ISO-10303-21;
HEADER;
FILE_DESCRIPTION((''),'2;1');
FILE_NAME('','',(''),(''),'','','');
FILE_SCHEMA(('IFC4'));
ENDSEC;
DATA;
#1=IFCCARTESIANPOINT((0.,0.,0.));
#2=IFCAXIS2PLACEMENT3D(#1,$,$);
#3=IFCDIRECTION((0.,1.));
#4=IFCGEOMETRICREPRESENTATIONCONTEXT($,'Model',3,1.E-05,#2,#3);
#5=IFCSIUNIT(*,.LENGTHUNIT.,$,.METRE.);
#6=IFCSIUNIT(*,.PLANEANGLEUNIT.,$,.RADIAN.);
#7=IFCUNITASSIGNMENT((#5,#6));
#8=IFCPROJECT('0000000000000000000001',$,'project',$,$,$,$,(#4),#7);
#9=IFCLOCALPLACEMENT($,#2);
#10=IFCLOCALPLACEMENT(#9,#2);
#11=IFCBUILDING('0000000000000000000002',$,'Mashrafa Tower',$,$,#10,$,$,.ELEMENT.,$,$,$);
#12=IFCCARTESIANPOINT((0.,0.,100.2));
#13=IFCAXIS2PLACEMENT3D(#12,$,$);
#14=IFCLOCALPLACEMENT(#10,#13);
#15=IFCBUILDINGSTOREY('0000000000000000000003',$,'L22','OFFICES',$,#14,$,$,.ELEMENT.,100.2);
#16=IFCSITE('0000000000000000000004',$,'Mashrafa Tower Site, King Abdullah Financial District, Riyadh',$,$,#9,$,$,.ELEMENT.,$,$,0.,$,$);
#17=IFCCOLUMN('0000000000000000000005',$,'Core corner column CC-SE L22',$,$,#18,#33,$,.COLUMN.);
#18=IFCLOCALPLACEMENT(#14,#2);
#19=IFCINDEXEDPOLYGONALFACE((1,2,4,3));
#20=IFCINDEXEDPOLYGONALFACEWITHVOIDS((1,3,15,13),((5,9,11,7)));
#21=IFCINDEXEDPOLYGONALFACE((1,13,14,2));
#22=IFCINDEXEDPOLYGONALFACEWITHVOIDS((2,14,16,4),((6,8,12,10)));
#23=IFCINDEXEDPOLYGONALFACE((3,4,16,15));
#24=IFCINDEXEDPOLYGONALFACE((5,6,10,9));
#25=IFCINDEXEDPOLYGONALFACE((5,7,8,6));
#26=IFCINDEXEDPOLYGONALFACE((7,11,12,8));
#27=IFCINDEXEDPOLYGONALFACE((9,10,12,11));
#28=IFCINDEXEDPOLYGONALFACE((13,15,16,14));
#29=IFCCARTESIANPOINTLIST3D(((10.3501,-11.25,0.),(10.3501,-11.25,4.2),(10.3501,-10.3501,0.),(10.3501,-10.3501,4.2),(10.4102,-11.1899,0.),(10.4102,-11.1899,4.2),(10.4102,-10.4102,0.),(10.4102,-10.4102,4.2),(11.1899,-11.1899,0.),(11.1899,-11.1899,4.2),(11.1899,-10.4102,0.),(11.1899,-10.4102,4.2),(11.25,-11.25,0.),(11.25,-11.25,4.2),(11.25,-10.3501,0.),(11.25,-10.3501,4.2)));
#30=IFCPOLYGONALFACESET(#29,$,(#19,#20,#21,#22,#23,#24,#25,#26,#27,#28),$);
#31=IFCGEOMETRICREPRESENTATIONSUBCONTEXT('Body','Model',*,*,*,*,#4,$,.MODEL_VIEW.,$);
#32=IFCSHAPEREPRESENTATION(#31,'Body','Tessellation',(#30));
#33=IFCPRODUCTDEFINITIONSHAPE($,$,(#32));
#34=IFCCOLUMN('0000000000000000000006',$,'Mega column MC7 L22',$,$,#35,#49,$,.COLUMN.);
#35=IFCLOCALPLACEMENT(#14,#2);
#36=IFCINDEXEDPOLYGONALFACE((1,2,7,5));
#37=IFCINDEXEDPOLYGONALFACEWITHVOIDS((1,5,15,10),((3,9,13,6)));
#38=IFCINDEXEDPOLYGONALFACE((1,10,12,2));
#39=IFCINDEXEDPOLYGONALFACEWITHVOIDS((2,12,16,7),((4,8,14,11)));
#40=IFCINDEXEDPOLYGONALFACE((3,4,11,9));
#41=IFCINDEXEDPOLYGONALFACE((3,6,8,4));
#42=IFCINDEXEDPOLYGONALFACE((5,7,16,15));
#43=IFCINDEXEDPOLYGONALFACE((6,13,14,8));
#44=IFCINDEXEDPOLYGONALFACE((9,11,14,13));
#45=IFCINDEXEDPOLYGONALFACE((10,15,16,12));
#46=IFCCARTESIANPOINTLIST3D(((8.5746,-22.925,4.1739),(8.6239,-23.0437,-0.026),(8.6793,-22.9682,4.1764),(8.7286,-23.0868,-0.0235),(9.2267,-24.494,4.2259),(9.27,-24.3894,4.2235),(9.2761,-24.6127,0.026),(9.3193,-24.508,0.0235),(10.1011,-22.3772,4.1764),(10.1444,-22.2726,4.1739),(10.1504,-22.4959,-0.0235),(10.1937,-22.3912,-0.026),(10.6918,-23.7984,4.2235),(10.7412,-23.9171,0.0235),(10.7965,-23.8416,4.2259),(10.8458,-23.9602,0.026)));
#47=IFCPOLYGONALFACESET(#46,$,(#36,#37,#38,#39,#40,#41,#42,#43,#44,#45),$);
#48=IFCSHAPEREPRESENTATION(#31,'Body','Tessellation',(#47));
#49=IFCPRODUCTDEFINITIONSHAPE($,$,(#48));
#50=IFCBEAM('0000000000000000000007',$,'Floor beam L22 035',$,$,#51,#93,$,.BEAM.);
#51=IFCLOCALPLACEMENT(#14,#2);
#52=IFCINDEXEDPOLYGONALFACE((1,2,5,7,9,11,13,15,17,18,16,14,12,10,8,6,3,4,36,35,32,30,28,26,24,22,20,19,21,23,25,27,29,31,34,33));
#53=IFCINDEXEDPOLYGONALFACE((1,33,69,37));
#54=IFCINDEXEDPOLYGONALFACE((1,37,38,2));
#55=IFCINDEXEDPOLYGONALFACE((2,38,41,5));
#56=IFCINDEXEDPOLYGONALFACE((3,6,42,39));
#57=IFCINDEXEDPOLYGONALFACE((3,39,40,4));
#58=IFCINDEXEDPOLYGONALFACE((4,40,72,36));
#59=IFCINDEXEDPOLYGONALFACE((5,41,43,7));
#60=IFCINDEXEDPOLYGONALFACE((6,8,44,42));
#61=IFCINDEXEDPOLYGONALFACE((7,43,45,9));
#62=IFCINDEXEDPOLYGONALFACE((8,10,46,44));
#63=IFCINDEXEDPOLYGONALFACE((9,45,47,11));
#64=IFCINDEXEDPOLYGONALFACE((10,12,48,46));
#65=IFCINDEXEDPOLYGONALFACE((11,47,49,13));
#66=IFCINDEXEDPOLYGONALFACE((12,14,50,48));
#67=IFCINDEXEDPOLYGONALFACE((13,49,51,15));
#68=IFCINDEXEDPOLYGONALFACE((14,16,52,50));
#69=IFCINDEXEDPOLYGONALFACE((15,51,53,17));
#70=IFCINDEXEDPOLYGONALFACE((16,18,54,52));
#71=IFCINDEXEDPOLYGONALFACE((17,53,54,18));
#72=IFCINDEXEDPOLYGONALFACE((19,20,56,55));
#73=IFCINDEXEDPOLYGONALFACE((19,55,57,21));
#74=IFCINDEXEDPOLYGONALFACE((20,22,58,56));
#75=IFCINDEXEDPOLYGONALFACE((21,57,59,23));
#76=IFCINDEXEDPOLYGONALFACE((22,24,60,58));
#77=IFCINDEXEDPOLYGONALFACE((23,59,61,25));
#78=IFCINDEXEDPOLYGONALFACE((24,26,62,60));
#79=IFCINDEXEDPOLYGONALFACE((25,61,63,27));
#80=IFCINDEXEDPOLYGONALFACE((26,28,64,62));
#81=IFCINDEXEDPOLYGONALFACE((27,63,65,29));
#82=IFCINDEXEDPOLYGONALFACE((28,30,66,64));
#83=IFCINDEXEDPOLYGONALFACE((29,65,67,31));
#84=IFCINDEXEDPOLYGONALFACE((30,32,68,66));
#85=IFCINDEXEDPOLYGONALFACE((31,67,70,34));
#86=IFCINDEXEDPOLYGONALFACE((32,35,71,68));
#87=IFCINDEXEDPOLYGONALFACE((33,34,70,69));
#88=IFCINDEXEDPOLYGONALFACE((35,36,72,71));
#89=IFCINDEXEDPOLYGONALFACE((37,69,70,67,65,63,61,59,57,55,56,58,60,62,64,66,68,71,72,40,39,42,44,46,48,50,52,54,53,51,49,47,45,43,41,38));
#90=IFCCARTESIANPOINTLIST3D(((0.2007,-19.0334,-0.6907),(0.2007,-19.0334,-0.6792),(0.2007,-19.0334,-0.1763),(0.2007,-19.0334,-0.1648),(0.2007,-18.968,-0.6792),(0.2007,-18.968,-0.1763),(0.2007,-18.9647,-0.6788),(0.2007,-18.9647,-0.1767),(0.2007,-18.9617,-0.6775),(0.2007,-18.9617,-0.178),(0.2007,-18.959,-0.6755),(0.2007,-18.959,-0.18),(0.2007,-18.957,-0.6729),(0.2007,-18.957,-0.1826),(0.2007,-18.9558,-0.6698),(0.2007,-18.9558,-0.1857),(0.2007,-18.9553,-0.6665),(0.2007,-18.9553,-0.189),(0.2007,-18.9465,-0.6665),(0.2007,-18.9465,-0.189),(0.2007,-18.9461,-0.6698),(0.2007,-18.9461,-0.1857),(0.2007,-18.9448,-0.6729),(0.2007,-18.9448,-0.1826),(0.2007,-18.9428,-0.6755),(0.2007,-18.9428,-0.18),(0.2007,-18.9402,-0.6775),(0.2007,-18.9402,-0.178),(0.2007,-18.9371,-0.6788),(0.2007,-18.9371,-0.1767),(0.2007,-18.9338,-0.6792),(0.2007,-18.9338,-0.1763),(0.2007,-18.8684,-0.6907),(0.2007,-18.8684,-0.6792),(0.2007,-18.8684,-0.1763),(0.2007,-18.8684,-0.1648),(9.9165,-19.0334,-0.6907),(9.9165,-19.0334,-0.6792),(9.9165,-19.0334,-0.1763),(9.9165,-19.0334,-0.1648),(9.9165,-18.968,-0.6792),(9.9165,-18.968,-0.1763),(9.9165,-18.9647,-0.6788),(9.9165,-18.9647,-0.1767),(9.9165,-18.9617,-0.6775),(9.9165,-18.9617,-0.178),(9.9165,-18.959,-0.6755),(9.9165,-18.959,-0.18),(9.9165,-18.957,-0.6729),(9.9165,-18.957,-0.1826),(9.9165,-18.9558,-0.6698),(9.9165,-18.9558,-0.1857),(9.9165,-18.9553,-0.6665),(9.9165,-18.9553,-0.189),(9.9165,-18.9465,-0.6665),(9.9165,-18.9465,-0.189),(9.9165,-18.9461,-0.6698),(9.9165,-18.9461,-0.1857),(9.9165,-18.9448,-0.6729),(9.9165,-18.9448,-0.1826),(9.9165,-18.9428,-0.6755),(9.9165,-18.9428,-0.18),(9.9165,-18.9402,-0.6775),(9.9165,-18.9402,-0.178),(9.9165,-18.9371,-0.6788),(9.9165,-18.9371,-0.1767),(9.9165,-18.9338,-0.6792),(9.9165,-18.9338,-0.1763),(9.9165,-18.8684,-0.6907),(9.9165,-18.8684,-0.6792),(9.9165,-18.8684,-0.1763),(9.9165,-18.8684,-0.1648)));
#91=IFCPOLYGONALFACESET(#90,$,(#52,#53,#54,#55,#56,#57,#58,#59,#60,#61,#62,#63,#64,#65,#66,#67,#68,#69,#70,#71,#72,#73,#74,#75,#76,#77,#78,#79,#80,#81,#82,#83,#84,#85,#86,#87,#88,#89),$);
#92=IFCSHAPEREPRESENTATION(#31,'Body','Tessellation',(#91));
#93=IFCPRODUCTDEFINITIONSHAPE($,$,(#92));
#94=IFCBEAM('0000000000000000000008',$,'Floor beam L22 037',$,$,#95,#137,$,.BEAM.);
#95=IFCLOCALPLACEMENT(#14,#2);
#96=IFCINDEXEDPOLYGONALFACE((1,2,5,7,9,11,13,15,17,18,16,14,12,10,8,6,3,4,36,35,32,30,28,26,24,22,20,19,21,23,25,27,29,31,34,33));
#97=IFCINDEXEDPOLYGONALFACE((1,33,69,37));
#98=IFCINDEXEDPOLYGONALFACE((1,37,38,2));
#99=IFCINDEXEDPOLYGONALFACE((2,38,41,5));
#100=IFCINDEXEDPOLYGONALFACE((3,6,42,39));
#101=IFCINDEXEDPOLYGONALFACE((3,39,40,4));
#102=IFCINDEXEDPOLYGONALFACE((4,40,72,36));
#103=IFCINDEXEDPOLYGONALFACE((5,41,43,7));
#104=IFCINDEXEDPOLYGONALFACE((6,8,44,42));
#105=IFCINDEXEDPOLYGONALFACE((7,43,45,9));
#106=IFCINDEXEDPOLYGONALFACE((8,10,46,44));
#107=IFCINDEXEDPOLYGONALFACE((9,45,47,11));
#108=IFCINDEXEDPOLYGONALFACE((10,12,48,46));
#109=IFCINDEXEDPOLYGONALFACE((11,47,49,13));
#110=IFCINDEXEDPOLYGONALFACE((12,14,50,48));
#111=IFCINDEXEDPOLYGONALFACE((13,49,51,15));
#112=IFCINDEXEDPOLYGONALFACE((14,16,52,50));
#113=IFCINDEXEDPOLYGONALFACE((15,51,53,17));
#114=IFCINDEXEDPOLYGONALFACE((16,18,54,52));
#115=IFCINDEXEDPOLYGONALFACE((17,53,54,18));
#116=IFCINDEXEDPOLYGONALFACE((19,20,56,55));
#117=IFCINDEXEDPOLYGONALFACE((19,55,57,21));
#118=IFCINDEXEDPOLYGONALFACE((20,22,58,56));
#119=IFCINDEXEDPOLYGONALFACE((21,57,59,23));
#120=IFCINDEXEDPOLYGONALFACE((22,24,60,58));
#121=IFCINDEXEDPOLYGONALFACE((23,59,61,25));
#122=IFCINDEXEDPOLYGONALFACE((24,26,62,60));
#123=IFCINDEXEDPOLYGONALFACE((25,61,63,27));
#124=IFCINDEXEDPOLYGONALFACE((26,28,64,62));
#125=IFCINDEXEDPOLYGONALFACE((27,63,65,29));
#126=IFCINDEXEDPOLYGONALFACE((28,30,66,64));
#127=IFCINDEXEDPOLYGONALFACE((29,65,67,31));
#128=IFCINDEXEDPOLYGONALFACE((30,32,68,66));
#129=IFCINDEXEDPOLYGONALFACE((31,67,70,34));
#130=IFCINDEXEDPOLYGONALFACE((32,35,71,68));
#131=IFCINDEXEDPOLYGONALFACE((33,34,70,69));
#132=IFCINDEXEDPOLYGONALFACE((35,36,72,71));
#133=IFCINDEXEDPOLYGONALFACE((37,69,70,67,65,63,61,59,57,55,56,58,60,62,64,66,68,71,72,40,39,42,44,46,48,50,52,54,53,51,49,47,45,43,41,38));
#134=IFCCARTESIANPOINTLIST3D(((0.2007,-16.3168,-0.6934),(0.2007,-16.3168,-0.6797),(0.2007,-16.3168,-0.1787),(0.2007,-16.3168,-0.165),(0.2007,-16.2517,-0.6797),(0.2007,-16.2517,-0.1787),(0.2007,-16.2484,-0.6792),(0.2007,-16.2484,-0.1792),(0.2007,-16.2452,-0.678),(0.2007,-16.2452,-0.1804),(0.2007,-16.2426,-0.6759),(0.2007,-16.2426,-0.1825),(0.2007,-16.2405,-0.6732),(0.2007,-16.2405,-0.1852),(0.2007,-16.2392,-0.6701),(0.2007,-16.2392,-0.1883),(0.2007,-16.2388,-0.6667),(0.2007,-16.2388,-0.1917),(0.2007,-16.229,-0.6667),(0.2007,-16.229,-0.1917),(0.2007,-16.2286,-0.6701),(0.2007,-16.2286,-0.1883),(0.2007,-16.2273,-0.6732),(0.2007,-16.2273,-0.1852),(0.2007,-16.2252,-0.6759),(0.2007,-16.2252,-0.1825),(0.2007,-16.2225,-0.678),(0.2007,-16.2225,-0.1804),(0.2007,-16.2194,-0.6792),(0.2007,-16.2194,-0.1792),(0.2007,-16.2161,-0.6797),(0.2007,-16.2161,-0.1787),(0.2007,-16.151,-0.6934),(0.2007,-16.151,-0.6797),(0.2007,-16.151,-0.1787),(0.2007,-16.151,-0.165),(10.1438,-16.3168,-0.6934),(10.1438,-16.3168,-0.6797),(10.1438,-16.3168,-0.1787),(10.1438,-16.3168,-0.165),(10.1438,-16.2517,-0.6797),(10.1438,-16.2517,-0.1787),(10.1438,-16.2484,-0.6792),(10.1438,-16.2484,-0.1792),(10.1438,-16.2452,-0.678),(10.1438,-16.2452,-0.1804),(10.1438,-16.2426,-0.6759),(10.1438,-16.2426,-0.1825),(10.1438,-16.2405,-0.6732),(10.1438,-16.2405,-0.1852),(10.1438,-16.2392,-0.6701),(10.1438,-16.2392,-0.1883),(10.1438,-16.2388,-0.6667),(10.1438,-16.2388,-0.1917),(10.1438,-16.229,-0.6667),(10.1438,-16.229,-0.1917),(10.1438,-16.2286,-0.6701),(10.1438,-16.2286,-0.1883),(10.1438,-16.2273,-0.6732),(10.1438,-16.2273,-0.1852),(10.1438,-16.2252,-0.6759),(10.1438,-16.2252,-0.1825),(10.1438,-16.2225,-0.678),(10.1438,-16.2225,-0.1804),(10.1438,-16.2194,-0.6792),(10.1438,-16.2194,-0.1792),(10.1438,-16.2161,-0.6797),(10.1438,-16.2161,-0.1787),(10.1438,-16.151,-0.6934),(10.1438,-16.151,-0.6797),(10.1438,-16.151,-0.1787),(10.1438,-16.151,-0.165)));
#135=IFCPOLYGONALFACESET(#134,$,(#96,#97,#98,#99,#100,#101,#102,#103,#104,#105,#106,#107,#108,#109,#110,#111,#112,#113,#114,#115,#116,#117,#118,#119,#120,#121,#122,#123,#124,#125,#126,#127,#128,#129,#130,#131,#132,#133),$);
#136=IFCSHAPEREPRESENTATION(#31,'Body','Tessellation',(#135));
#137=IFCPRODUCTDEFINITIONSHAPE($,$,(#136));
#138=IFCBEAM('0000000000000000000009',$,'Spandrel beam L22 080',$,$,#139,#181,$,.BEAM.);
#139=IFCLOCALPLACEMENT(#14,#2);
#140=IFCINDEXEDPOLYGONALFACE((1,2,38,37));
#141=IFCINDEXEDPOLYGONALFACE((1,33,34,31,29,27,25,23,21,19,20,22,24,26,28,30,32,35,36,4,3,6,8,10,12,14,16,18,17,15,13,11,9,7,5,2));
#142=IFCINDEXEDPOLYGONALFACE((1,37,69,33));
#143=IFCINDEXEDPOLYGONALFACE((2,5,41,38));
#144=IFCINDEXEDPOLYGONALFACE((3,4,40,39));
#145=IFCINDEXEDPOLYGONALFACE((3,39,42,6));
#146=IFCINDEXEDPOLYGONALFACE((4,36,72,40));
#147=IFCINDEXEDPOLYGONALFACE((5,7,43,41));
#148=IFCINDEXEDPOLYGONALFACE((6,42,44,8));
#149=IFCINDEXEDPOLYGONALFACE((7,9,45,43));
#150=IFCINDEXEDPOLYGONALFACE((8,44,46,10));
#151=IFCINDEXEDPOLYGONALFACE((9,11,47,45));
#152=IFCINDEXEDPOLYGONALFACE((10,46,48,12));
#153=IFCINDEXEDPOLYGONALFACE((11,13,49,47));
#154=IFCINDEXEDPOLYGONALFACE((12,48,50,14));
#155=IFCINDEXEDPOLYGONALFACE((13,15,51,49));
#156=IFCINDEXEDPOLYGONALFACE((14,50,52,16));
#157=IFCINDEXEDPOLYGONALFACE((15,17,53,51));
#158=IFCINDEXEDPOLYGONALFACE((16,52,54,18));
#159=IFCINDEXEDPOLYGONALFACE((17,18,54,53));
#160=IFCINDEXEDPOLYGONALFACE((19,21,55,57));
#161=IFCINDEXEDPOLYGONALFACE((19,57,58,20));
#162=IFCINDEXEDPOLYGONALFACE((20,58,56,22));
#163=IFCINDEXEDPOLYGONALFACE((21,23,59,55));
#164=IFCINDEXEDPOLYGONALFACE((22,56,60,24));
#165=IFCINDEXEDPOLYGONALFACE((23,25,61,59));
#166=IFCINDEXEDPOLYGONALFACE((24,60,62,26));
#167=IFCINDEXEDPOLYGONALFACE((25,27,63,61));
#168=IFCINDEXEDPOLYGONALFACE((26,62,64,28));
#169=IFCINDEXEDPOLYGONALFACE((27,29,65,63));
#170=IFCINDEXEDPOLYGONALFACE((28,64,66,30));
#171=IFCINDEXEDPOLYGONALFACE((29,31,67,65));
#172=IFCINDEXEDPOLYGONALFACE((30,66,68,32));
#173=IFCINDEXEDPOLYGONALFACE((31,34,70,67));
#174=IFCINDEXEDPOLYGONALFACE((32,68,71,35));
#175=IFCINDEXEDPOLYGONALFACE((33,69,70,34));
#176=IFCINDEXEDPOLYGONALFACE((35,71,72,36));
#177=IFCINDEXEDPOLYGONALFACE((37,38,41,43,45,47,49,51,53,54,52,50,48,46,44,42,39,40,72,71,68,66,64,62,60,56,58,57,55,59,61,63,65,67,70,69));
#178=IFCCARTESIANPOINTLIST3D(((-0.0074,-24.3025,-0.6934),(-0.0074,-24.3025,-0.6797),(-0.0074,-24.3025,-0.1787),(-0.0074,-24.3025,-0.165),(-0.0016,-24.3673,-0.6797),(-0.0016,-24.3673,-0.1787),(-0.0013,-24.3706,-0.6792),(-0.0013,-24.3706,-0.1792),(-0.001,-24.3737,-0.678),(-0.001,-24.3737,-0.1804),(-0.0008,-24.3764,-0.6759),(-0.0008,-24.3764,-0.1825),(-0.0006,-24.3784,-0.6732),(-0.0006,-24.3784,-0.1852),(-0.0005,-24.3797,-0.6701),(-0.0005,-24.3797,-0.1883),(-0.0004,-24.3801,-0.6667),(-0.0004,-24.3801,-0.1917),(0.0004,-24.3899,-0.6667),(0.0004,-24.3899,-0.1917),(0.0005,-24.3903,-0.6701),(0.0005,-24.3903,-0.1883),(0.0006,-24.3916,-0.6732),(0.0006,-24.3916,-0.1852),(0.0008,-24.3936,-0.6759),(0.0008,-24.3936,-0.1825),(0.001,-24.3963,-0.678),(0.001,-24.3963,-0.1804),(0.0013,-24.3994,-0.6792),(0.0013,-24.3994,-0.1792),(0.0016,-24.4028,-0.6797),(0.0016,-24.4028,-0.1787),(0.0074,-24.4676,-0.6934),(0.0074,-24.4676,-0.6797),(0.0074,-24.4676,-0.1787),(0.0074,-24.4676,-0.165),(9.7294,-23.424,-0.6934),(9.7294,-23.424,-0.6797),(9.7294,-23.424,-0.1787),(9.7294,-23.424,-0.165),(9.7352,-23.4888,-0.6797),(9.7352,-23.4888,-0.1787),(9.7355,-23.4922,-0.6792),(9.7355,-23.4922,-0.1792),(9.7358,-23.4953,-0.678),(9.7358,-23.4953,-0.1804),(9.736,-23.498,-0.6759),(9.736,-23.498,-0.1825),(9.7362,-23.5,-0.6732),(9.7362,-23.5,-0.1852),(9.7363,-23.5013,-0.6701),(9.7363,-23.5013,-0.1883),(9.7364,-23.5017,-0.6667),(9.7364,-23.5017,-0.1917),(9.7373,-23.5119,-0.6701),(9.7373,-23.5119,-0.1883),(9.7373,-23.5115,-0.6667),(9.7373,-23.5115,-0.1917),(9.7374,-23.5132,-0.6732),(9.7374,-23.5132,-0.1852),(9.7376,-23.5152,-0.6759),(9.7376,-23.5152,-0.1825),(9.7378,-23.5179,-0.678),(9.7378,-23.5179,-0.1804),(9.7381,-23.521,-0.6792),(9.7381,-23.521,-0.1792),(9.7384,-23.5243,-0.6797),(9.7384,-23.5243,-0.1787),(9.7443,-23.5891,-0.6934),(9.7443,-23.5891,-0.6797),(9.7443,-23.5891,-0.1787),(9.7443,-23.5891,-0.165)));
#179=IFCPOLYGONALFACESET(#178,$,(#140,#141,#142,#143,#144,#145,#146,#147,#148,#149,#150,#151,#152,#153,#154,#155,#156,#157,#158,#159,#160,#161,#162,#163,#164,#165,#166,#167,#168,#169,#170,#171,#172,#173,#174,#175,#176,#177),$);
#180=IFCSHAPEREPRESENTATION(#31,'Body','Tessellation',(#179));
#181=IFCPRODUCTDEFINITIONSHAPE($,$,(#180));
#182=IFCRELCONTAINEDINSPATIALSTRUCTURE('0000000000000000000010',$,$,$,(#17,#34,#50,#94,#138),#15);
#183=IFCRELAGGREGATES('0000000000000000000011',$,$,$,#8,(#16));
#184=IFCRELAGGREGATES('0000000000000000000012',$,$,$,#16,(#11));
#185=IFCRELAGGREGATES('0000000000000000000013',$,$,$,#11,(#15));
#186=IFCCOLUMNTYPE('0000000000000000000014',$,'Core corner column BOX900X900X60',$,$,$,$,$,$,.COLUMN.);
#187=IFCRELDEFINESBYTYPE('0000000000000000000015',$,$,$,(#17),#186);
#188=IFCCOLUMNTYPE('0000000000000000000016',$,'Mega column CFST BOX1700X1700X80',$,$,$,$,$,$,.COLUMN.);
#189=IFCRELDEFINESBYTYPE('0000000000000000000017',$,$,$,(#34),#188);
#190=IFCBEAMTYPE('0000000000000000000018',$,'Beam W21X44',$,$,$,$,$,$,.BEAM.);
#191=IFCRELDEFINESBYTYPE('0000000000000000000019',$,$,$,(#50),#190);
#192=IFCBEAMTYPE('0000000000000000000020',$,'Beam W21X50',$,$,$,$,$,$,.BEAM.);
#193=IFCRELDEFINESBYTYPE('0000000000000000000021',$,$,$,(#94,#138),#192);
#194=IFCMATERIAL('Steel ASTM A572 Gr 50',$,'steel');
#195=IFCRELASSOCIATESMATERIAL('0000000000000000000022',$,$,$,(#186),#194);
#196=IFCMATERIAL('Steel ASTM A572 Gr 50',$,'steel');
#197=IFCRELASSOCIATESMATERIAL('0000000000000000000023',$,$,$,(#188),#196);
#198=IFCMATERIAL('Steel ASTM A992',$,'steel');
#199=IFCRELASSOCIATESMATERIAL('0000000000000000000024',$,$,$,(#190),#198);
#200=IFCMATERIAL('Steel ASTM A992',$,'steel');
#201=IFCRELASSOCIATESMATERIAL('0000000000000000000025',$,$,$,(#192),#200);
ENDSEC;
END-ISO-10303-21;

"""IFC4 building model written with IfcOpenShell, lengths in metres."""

from ifc_helpers import new_model, si_unit, direction, frame, origin, origin_2d, place, context, subcontext, project, spatial, hollow_rectangle, i_section, extrude, material, material_profile, profile_set, type_object, element, save


model = new_model("IFC4")

# Units and contexts
model_context = context("Model", 3, precision=1e-05, world=origin(), true_north=direction((0.0, 1.0)))
body_context = subcontext(model_context, "Body", "Model", "MODEL_VIEW")
ifc_project = project(units=[si_unit("LENGTHUNIT", "METRE"), si_unit("PLANEANGLEUNIT", "RADIAN")], contexts=[model_context])

# Site, building, storey
site_placement = place(None, origin())
site = spatial("IfcSite", under=ifc_project, at=site_placement, Name="Mashrafa Tower Site, King Abdullah Financial District, Riyadh", CompositionType="ELEMENT", RefElevation=0.0)
building_placement = place(site_placement, origin())
building = spatial("IfcBuilding", under=site, at=building_placement, Name="Mashrafa Tower", CompositionType="ELEMENT")
storey_placement = place(building_placement, frame((0.0, 0.0, 100.2)))
storey = spatial("IfcBuildingStorey", under=building, at=storey_placement, Name="L22", Description="OFFICES", CompositionType="ELEMENT", Elevation=100.2)

# Columns
ifc_material_1 = material(Name="Steel ASTM A572 Gr 50", Category="steel")
ifc_material_profile_1 = material_profile(ifc_material_1, hollow_rectangle(XDim=0.8999, YDim=0.8999, WallThickness=0.0601, at=origin_2d()), Name="BOX900X900X60")
ifc_profile_set_1 = profile_set([ifc_material_profile_1], Name="Steel ASTM A572 Gr 50")
column_type_1 = type_object("IfcColumnType", Name="Core corner column BOX900X900X60", PredefinedType="COLUMN", material=ifc_profile_set_1)
column_1_placement = place(storey_placement, frame((10.8, -10.8, 0.0), z_axis=(0.0, 0.0, 1.0), x_axis=(1.0, 0.0, 0.0)))
element("IfcColumn", 1, at=column_1_placement, inside=storey, type_object=column_type_1, Name="Core corner column CC-SE L22", PredefinedType="COLUMN", context=body_context, shape_type="SweptSolid", body=[
    extrude(hollow_rectangle(XDim=0.8999, YDim=0.8999, WallThickness=0.0601, at=origin_2d()), origin(), (0.0, 0.0, 1.0), 4.2),
])
ifc_material_2 = material(Name="Steel ASTM A572 Gr 50", Category="steel")
ifc_material_profile_2 = material_profile(ifc_material_2, hollow_rectangle(XDim=1.7, YDim=1.7, WallThickness=0.0801, at=origin_2d()), Name="BOX1700X1700X80")
ifc_profile_set_2 = profile_set([ifc_material_profile_2], Name="Steel ASTM A572 Gr 50")
column_type_2 = type_object("IfcColumnType", Name="Mega column CFST BOX1700X1700X80", PredefinedType="COLUMN", material=ifc_profile_set_2)
column_2_placement = place(storey_placement, frame((9.7349, -23.502, 0.0), z_axis=(-0.011737, 0.028238, 0.999532), x_axis=(-0.923414, -0.383806, 0.0)))
element("IfcColumn", 2, at=column_2_placement, inside=storey, type_object=column_type_2, Name="Mega column MC7 L22", PredefinedType="COLUMN", context=body_context, shape_type="SweptSolid", body=[
    extrude(hollow_rectangle(XDim=1.7, YDim=1.7, WallThickness=0.0801, at=origin_2d()), origin(), (0.0, 0.0, 1.0), 4.2019),
])

# Beams
ifc_material_3 = material(Name="Steel ASTM A992", Category="steel")
ifc_material_profile_3 = material_profile(ifc_material_3, i_section(OverallWidth=0.165, OverallDepth=0.5259, WebThickness=0.0088, FlangeThickness=0.0115, FilletRadius=0.0127, at=origin_2d()), Name="W21X44")
ifc_profile_set_3 = profile_set([ifc_material_profile_3], Name="Steel ASTM A992")
beam_type_1 = type_object("IfcBeamType", Name="Beam W21X44", PredefinedType="BEAM", material=ifc_profile_set_3)
beam_1_placement = place(storey_placement, frame((9.9165, -18.9509, -0.4277), z_axis=(-1.0, 0.0, 0.0), x_axis=(0.0, -1.0, 0.0)))
element("IfcBeam", 3, at=beam_1_placement, inside=storey, type_object=beam_type_1, Name="Floor beam L22 035", PredefinedType="BEAM", context=body_context, shape_type="SweptSolid", body=[
    extrude(i_section(OverallWidth=0.165, OverallDepth=0.5259, WebThickness=0.0088, FlangeThickness=0.0115, FilletRadius=0.0127, at=origin_2d()), origin(), (0.0, 0.0, 1.0), 9.7158),
])
ifc_material_4 = material(Name="Steel ASTM A992", Category="steel")
ifc_material_profile_4 = material_profile(ifc_material_4, i_section(OverallWidth=0.1658, OverallDepth=0.5283, WebThickness=0.0098, FlangeThickness=0.0137, FilletRadius=0.0129, at=origin_2d()), Name="W21X50")
ifc_profile_set_4 = profile_set([ifc_material_profile_4], Name="Steel ASTM A992")
beam_type_2 = type_object("IfcBeamType", Name="Beam W21X50", PredefinedType="BEAM", material=ifc_profile_set_4)
beam_2_placement = place(storey_placement, frame((10.1438, -16.2339, -0.4292), z_axis=(-1.0, 0.0, 0.0), x_axis=(0.0, -1.0, 0.0)))
element("IfcBeam", 4, at=beam_2_placement, inside=storey, type_object=beam_type_2, Name="Floor beam L22 037", PredefinedType="BEAM", context=body_context, shape_type="SweptSolid", body=[
    extrude(i_section(OverallWidth=0.1658, OverallDepth=0.5283, WebThickness=0.0098, FlangeThickness=0.0137, FilletRadius=0.0129, at=origin_2d()), origin(), (0.0, 0.0, 1.0), 9.9431),
])
beam_3_placement = place(storey_placement, frame((0.0, -24.385, -0.4292), z_axis=(0.995955, 0.089851, 0.0), x_axis=(-0.089851, 0.995955, 0.0)))
element("IfcBeam", 5, at=beam_3_placement, inside=storey, type_object=beam_type_2, Name="Spandrel beam L22 080", PredefinedType="BEAM", context=body_context, shape_type="SweptSolid", body=[
    extrude(i_section(OverallWidth=0.1658, OverallDepth=0.5283, WebThickness=0.0098, FlangeThickness=0.0137, FilletRadius=0.0129, at=origin_2d()), origin(), (0.0, 0.0, 1.0), 9.7764),
])

save(model, "model.ifc")
